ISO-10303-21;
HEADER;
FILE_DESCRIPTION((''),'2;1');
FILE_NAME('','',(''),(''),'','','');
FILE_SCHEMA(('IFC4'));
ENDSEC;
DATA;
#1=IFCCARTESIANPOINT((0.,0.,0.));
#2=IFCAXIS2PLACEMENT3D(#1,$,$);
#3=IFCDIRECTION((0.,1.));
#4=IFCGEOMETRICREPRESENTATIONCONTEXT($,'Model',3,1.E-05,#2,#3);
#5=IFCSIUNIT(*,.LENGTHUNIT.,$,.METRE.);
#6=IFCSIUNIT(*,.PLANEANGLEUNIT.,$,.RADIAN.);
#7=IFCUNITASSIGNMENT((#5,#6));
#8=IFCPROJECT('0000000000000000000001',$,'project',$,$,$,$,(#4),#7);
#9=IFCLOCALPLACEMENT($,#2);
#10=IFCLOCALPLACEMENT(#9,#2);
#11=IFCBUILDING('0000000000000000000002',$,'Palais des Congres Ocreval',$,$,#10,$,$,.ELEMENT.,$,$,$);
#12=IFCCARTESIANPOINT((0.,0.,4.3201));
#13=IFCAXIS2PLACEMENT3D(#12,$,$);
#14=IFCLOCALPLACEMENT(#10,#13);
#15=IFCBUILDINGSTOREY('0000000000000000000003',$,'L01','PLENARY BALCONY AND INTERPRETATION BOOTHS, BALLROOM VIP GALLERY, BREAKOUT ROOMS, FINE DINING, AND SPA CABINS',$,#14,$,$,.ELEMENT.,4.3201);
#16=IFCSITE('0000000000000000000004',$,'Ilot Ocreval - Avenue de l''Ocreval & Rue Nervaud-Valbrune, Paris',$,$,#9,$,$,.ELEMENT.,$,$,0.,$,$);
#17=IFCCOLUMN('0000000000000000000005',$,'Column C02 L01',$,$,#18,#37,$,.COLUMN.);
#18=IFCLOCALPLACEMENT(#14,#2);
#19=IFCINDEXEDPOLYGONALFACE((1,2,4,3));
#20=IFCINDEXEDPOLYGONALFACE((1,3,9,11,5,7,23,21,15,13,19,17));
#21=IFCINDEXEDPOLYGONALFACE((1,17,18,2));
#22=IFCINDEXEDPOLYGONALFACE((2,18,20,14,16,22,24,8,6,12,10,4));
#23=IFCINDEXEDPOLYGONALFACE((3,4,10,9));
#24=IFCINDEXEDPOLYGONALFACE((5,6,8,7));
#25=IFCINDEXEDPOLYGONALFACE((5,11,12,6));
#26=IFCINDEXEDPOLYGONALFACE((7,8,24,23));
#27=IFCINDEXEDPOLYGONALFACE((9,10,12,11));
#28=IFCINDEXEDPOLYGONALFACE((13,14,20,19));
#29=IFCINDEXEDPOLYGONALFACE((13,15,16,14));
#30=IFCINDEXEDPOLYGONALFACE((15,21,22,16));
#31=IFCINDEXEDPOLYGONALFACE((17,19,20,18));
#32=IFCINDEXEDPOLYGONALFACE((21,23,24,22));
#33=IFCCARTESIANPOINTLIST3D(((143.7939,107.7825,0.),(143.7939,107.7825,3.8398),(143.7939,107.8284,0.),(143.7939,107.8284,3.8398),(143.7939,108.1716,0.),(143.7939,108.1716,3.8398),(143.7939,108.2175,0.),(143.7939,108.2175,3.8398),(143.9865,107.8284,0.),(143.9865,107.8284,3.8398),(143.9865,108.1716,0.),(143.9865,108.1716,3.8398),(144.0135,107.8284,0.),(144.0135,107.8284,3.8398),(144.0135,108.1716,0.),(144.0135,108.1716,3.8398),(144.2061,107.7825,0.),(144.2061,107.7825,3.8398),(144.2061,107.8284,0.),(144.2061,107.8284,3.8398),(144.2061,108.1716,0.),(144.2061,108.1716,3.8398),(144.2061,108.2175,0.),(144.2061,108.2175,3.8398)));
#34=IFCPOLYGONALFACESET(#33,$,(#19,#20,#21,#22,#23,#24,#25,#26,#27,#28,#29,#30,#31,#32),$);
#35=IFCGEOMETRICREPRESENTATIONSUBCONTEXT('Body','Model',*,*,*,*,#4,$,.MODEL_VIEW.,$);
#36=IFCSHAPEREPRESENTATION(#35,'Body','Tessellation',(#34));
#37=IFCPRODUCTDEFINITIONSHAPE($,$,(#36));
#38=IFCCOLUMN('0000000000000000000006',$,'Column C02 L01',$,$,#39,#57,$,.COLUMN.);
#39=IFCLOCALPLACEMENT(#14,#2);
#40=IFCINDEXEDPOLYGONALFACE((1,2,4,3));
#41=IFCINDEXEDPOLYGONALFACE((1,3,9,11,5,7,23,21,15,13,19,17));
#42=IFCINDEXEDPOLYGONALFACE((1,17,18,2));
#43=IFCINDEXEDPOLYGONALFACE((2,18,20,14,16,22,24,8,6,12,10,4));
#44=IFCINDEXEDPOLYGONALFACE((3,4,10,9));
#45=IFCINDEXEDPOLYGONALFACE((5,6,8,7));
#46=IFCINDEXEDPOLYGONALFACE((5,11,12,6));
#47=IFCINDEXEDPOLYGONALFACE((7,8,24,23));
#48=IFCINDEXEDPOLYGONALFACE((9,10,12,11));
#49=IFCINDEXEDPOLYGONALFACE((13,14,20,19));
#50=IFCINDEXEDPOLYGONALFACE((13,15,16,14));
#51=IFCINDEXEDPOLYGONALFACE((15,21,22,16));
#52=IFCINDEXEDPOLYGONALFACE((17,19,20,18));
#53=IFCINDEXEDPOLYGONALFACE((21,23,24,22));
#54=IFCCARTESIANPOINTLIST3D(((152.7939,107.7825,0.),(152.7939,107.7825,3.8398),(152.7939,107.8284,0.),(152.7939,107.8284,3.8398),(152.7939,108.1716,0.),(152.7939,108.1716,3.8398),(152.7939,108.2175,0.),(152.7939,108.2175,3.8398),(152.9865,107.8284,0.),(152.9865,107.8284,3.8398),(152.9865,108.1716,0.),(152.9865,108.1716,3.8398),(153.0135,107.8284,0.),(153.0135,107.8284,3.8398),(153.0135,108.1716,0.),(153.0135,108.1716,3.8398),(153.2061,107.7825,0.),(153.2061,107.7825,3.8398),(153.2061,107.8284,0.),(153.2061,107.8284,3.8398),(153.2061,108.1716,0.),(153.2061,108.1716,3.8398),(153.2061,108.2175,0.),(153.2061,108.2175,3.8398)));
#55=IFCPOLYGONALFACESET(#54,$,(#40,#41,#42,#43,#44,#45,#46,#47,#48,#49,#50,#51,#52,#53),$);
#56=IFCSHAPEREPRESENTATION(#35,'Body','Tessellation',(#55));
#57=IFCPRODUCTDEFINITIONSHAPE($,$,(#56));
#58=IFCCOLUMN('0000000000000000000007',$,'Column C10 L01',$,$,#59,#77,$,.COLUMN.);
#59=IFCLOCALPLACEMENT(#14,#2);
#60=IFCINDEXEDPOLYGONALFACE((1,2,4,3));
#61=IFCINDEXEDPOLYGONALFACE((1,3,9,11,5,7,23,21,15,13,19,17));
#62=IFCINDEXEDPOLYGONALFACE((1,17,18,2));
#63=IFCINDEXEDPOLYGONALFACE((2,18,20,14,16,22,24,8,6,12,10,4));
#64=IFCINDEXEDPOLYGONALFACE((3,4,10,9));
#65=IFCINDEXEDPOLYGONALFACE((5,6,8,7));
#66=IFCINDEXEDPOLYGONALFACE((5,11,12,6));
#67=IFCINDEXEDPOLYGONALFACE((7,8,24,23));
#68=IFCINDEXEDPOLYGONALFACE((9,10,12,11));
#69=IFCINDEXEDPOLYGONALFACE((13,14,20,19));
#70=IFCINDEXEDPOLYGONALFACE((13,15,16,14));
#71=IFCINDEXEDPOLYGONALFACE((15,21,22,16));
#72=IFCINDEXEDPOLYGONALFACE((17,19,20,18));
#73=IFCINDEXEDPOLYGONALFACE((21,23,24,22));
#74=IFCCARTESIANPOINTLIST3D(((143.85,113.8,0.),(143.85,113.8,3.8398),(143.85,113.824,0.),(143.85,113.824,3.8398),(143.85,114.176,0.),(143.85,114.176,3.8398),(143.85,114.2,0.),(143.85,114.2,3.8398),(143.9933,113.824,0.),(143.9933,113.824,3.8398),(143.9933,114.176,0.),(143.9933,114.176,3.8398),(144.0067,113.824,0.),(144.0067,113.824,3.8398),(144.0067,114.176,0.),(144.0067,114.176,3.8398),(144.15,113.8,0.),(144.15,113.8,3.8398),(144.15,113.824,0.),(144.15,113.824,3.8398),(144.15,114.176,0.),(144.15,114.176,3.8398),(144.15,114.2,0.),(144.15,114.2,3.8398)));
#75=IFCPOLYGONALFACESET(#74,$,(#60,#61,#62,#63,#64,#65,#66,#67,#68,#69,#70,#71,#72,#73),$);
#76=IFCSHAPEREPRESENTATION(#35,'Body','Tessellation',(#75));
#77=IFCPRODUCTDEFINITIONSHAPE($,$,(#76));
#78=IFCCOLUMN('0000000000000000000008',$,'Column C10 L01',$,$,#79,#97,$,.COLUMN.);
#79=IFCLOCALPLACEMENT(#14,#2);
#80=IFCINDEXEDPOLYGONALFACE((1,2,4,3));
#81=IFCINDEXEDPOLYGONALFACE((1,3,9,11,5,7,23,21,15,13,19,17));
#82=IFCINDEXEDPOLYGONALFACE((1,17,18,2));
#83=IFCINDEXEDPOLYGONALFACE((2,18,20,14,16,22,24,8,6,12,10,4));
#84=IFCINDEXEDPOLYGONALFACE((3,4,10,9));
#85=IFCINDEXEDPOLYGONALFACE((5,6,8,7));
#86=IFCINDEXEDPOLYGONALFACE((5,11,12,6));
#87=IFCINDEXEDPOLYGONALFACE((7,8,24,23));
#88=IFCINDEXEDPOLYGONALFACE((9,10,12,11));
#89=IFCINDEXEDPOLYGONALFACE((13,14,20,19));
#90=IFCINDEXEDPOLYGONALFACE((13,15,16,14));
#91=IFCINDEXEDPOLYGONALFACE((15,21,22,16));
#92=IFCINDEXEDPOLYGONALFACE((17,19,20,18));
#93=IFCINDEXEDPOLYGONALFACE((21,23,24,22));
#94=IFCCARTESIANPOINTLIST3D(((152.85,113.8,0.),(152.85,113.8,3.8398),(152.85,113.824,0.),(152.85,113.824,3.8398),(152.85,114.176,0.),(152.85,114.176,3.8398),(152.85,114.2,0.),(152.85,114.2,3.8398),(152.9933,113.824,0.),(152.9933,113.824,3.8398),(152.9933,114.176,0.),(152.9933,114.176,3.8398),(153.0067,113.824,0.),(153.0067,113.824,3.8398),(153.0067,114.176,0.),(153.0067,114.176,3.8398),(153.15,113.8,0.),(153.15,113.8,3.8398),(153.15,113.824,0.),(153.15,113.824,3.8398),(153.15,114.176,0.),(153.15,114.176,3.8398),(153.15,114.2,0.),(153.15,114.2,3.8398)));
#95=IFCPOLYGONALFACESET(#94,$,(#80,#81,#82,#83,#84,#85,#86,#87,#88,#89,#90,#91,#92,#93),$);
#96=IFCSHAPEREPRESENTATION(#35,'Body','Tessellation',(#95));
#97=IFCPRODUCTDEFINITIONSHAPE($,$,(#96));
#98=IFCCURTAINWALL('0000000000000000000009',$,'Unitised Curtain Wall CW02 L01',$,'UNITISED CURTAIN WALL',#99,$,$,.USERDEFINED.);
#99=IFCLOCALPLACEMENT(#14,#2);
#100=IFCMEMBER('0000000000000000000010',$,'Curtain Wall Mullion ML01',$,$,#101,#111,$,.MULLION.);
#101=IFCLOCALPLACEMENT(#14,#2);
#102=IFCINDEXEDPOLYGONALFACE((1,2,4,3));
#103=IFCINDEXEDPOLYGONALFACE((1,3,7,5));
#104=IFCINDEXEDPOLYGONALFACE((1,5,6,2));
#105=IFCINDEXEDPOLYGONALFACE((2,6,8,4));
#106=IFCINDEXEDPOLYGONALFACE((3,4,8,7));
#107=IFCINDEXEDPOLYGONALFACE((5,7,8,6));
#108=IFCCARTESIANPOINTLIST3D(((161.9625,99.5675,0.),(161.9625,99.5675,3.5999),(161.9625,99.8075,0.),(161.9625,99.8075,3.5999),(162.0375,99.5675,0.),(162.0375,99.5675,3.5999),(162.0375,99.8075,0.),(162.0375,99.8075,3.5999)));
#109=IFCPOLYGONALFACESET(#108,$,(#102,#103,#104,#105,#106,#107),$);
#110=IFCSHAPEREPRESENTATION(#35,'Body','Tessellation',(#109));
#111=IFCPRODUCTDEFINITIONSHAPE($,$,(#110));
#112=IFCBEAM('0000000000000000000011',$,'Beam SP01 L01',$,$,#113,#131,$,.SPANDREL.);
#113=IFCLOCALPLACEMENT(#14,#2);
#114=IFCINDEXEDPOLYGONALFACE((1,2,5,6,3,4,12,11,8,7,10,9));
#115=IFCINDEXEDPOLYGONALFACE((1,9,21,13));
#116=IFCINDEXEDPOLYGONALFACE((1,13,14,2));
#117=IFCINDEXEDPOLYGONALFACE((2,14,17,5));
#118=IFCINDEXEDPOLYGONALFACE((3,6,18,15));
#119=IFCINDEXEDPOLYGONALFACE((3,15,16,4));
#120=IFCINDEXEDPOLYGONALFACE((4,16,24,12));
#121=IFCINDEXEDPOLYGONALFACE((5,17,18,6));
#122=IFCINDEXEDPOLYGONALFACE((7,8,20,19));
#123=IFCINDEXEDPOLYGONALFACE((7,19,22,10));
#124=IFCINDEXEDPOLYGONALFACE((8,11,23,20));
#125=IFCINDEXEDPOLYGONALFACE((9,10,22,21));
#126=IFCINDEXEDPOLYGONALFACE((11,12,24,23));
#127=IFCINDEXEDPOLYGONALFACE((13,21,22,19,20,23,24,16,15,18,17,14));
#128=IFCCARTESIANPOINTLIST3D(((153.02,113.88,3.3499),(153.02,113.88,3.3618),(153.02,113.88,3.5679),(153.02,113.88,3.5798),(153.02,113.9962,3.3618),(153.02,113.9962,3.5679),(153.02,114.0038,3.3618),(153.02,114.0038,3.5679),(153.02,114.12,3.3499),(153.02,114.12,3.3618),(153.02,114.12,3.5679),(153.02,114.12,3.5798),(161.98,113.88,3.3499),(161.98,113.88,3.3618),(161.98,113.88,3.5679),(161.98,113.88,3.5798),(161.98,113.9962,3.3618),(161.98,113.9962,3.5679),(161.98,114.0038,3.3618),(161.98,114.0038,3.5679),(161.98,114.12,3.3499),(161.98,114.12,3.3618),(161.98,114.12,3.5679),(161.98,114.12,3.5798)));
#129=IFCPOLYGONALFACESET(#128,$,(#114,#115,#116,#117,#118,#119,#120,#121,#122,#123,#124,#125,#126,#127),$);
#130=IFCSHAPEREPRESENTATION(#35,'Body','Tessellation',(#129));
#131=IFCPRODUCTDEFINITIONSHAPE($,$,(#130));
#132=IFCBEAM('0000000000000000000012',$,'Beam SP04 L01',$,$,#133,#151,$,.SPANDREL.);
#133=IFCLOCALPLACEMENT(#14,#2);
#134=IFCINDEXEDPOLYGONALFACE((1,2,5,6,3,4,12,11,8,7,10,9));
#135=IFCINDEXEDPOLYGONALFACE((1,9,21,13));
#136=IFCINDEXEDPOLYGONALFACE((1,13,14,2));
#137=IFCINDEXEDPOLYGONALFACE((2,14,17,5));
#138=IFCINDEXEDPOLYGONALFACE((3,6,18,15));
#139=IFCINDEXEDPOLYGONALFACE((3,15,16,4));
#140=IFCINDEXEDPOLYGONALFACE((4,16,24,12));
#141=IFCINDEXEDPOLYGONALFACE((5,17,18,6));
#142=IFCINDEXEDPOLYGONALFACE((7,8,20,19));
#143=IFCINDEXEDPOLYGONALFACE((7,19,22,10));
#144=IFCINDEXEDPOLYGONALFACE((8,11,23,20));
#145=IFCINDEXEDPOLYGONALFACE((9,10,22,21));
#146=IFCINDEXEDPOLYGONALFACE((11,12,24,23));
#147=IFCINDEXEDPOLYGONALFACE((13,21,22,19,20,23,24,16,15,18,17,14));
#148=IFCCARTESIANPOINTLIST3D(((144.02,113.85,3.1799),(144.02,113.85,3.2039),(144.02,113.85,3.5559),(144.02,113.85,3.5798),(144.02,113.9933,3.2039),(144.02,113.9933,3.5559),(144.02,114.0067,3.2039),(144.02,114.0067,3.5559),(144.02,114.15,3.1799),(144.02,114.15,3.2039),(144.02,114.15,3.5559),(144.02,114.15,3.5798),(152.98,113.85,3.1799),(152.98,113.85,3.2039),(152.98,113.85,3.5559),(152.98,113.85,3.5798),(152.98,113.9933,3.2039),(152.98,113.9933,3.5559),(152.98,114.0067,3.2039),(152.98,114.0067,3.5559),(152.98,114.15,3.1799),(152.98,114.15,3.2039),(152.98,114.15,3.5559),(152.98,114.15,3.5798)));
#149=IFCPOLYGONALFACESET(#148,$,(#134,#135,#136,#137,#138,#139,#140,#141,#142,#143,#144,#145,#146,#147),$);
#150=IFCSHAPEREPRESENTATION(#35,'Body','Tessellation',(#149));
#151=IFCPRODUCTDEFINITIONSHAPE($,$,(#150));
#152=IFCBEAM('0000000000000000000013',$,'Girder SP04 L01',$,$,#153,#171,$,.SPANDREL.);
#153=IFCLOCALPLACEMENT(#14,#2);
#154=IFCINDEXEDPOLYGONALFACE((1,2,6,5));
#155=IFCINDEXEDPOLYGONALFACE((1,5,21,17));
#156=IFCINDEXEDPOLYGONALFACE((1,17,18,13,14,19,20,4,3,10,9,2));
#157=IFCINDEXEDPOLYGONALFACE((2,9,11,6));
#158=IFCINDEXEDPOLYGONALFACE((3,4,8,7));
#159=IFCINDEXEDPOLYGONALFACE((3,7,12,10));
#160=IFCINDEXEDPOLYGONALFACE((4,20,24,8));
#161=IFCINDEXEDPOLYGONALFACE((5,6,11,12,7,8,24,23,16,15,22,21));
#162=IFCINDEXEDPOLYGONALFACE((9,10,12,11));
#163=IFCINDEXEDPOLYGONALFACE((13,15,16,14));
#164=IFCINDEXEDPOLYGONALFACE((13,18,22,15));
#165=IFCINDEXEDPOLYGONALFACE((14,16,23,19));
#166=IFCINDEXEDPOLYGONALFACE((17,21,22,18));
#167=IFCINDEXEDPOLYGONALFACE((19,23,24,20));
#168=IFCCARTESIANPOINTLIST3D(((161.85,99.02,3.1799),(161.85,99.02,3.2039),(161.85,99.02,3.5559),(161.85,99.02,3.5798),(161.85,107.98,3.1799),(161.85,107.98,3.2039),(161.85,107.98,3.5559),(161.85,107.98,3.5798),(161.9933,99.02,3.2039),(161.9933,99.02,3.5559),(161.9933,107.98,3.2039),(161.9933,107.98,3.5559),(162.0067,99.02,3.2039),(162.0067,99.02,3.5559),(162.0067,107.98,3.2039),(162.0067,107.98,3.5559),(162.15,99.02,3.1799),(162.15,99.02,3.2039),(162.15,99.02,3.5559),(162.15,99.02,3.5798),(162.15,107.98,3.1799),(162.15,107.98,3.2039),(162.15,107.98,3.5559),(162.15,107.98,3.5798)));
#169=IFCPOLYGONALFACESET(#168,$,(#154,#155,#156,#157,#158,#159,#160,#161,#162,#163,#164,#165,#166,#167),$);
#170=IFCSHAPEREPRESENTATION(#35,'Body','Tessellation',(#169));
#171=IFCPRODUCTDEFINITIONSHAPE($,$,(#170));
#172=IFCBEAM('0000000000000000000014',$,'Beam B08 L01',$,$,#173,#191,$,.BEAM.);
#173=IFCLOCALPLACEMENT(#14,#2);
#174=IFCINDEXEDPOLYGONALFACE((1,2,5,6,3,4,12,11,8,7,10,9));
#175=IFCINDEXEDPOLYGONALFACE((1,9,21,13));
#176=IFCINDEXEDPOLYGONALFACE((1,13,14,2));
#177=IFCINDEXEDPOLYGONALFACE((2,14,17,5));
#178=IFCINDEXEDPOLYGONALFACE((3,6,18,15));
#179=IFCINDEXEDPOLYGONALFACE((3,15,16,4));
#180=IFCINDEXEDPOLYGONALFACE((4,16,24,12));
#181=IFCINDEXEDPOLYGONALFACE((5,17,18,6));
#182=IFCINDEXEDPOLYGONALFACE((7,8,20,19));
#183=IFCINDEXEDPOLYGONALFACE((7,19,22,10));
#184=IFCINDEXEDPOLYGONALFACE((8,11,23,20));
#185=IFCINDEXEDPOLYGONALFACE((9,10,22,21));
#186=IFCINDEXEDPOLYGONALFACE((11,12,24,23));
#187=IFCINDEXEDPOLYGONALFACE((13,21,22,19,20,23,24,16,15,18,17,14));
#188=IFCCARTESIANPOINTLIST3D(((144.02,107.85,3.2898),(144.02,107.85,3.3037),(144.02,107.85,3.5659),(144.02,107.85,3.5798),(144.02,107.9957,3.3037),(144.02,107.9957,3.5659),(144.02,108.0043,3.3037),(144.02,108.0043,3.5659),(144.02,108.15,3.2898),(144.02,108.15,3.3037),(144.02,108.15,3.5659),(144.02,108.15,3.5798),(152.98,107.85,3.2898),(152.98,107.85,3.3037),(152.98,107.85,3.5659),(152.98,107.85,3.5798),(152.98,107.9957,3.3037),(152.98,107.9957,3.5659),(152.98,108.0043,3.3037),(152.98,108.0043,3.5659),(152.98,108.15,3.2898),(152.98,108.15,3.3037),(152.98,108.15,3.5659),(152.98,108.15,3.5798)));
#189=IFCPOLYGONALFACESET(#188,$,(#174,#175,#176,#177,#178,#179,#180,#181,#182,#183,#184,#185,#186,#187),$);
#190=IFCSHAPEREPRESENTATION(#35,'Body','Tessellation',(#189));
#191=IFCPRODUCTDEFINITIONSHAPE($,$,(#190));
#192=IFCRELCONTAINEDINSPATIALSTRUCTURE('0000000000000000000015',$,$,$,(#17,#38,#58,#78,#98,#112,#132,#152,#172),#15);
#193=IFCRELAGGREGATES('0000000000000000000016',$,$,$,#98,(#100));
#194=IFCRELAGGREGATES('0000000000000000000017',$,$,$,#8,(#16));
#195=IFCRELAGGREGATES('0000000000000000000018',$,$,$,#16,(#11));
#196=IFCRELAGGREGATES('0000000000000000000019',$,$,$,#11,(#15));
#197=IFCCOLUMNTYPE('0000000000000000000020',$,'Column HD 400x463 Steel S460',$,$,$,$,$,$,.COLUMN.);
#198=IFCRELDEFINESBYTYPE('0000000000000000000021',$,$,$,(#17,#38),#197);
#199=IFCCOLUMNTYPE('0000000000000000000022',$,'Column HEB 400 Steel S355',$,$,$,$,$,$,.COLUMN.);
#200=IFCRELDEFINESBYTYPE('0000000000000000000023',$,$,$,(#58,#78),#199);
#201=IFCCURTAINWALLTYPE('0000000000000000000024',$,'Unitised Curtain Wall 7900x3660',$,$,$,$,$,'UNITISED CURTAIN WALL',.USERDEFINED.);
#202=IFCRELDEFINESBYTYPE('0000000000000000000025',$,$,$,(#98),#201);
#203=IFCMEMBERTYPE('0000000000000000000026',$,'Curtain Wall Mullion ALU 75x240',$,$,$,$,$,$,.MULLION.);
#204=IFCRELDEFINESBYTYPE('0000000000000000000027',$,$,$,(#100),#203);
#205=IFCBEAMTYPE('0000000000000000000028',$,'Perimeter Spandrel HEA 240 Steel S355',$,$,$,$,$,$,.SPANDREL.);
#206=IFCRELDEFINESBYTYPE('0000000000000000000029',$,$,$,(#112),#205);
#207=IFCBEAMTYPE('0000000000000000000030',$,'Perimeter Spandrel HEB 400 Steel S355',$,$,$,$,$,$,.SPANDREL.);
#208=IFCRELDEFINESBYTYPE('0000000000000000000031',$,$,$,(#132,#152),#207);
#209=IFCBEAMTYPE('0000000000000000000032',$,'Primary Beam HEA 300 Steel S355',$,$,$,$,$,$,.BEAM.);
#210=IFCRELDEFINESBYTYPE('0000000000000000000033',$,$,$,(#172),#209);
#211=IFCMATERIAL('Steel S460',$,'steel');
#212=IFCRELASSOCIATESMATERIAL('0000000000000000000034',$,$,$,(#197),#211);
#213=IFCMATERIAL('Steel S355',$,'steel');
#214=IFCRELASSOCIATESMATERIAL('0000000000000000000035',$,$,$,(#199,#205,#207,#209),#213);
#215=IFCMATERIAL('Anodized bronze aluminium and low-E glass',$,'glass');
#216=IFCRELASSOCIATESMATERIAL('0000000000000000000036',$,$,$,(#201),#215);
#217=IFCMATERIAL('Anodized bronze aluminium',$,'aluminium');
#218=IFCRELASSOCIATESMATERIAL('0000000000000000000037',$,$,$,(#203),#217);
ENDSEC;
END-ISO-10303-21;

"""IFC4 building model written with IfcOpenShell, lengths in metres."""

from ifc_helpers import new_model, si_unit, direction, frame, origin, origin_2d, place, context, subcontext, project, spatial, rectangle, i_section, extrude, material, material_profile, profile_set, type_object, element, aggregate, save


model = new_model("IFC4")

# Units and contexts
model_context = context("Model", 3, precision=1e-05, world=origin(), true_north=direction((0.0, 1.0)))
body_context = subcontext(model_context, "Body", "Model", "MODEL_VIEW")
ifc_project = project(units=[si_unit("LENGTHUNIT", "METRE"), si_unit("PLANEANGLEUNIT", "RADIAN")], contexts=[model_context])

# Site, building, storey
site_placement = place(None, origin())
site = spatial("IfcSite", under=ifc_project, at=site_placement, Name="Ilot Ocreval - Avenue de l'Ocreval & Rue Nervaud-Valbrune, Paris", CompositionType="ELEMENT", RefElevation=0.0)
building_placement = place(site_placement, origin())
building = spatial("IfcBuilding", under=site, at=building_placement, Name="Palais des Congres Ocreval", CompositionType="ELEMENT")
storey_placement = place(building_placement, frame((0.0, 0.0, 4.3201)))
storey = spatial("IfcBuildingStorey", under=building, at=storey_placement, Name="L01", Description="PLENARY BALCONY AND INTERPRETATION BOOTHS, BALLROOM VIP GALLERY, BREAKOUT ROOMS, FINE DINING, AND SPA CABINS", CompositionType="ELEMENT", Elevation=4.3201)

# Columns
ifc_material_1 = material(Name="Steel S460", Category="steel")
ifc_material_profile_1 = material_profile(ifc_material_1, i_section(OverallWidth=0.4121, OverallDepth=0.4351, WebThickness=0.0271, FlangeThickness=0.0459, at=origin_2d()), Name="HD 400x463")
ifc_profile_set_1 = profile_set([ifc_material_profile_1], Name="Steel S460")
column_type_1 = type_object("IfcColumnType", Name="Column HD 400x463 Steel S460", PredefinedType="COLUMN", material=ifc_profile_set_1)
for number, where, z_axis, x_axis, name in (
    (1, (144.0, 108.0, 0.0), (0.0, 0.0, 1.0), (1.0, 0.0, 0.0), "Column C02 L01"),
    (2, (153.0, 108.0, 0.0), (0.0, 0.0, 1.0), (1.0, 0.0, 0.0), "Column C02 L01"),
):
    element("IfcColumn", number, at=place(storey_placement, frame(where, z_axis=z_axis, x_axis=x_axis)), inside=storey, type_object=column_type_1, Name=name, PredefinedType="COLUMN", context=body_context, shape_type="SweptSolid", body=[
        extrude(i_section(OverallWidth=0.4121, OverallDepth=0.4351, WebThickness=0.0271, FlangeThickness=0.0459, at=origin_2d()), origin(), (0.0, 0.0, 1.0), 3.8398),
    ])
ifc_material_2 = material(Name="Steel S355", Category="steel")
ifc_material_profile_2 = material_profile(ifc_material_2, i_section(OverallWidth=0.3, OverallDepth=0.3999, WebThickness=0.0134, FlangeThickness=0.0239, at=origin_2d()), Name="HEB 400")
ifc_profile_set_2 = profile_set([ifc_material_profile_2], Name="Steel S355")
column_type_2 = type_object("IfcColumnType", Name="Column HEB 400 Steel S355", PredefinedType="COLUMN", material=ifc_profile_set_2)
for number, where, z_axis, x_axis, name in (
    (3, (144.0, 114.0, 0.0), (0.0, 0.0, 1.0), (1.0, 0.0, 0.0), "Column C10 L01"),
    (4, (153.0, 114.0, 0.0), (0.0, 0.0, 1.0), (1.0, 0.0, 0.0), "Column C10 L01"),
):
    element("IfcColumn", number, at=place(storey_placement, frame(where, z_axis=z_axis, x_axis=x_axis)), inside=storey, type_object=column_type_2, Name=name, PredefinedType="COLUMN", context=body_context, shape_type="SweptSolid", body=[
        extrude(i_section(OverallWidth=0.3, OverallDepth=0.3999, WebThickness=0.0134, FlangeThickness=0.0239, at=origin_2d()), origin(), (0.0, 0.0, 1.0), 3.8398),
    ])

# Curtain wall, member
ifc_material_3 = material(Name="Anodized bronze aluminium and low-E glass", Category="glass")
curtain_wall_type = type_object("IfcCurtainWallType", Name="Unitised Curtain Wall 7900x3660", ElementType="UNITISED CURTAIN WALL", PredefinedType="USERDEFINED", material=ifc_material_3)
curtain_wall_placement = place(storey_placement, origin())
curtain_wall = element("IfcCurtainWall", 5, at=curtain_wall_placement, inside=storey, type_object=curtain_wall_type, Name="Unitised Curtain Wall CW02 L01", ObjectType="UNITISED CURTAIN WALL", PredefinedType="USERDEFINED")
ifc_material_4 = material(Name="Anodized bronze aluminium", Category="aluminium")
ifc_material_profile_3 = material_profile(ifc_material_4, rectangle(XDim=0.075, YDim=0.24, at=origin_2d()), Name="ALU 75x240")
ifc_profile_set_3 = profile_set([ifc_material_profile_3], Name="Anodized bronze aluminium")
member_type = type_object("IfcMemberType", Name="Curtain Wall Mullion ALU 75x240", PredefinedType="MULLION", material=ifc_profile_set_3)
member_placement = place(storey_placement, frame((162.0, 99.6875, 0.0), z_axis=(0.0, 0.0, 1.0), x_axis=(1.0, 0.0, 0.0)))
member = element("IfcMember", 6, at=member_placement, type_object=member_type, Name="Curtain Wall Mullion ML01", PredefinedType="MULLION", context=body_context, shape_type="SweptSolid", body=[
    extrude(rectangle(XDim=0.075, YDim=0.24, at=origin_2d()), origin(), (0.0, 0.0, 1.0), 3.5999),
])

# Beams
ifc_material_profile_4 = material_profile(ifc_material_2, i_section(OverallWidth=0.24, OverallDepth=0.23, WebThickness=0.0076, FlangeThickness=0.012, at=origin_2d()), Name="HEA 240")
ifc_profile_set_4 = profile_set([ifc_material_profile_4], Name="Steel S355")
beam_type_1 = type_object("IfcBeamType", Name="Perimeter Spandrel HEA 240 Steel S355", PredefinedType="SPANDREL", material=ifc_profile_set_4)
beam_1_placement = place(storey_placement, frame((153.02, 114.0, 3.4648), z_axis=(1.0, 0.0, 0.0), x_axis=(0.0, 1.0, 0.0)))
element("IfcBeam", 7, at=beam_1_placement, inside=storey, type_object=beam_type_1, Name="Beam SP01 L01", PredefinedType="SPANDREL", context=body_context, shape_type="SweptSolid", body=[
    extrude(i_section(OverallWidth=0.24, OverallDepth=0.23, WebThickness=0.0076, FlangeThickness=0.012, at=origin_2d()), origin(), (0.0, 0.0, 1.0), 8.96),
])
ifc_material_profile_5 = material_profile(ifc_material_2, i_section(OverallWidth=0.3, OverallDepth=0.3999, WebThickness=0.0134, FlangeThickness=0.0239, at=origin_2d()), Name="HEB 400")
ifc_profile_set_5 = profile_set([ifc_material_profile_5], Name="Steel S355")
beam_type_2 = type_object("IfcBeamType", Name="Perimeter Spandrel HEB 400 Steel S355", PredefinedType="SPANDREL", material=ifc_profile_set_5)
for number, where, z_axis, x_axis, name in (
    (8, (144.02, 114.0, 3.3799), (1.0, 0.0, 0.0), (0.0, 1.0, 0.0), "Beam SP04 L01"),
    (9, (162.0, 99.02, 3.3799), (0.0, 1.0, 0.0), (-1.0, 0.0, 0.0), "Girder SP04 L01"),
):
    element("IfcBeam", number, at=place(storey_placement, frame(where, z_axis=z_axis, x_axis=x_axis)), inside=storey, type_object=beam_type_2, Name=name, PredefinedType="SPANDREL", context=body_context, shape_type="SweptSolid", body=[
        extrude(i_section(OverallWidth=0.3, OverallDepth=0.3999, WebThickness=0.0134, FlangeThickness=0.0239, at=origin_2d()), origin(), (0.0, 0.0, 1.0), 8.96),
    ])
ifc_material_profile_6 = material_profile(ifc_material_2, i_section(OverallWidth=0.3, OverallDepth=0.29, WebThickness=0.0085, FlangeThickness=0.0139, at=origin_2d()), Name="HEA 300")
ifc_profile_set_6 = profile_set([ifc_material_profile_6], Name="Steel S355")
beam_type_3 = type_object("IfcBeamType", Name="Primary Beam HEA 300 Steel S355", PredefinedType="BEAM", material=ifc_profile_set_6)
beam_2_placement = place(storey_placement, frame((144.02, 108.0, 3.4348), z_axis=(1.0, 0.0, 0.0), x_axis=(0.0, 1.0, 0.0)))
element("IfcBeam", 10, at=beam_2_placement, inside=storey, type_object=beam_type_3, Name="Beam B08 L01", PredefinedType="BEAM", context=body_context, shape_type="SweptSolid", body=[
    extrude(i_section(OverallWidth=0.3, OverallDepth=0.29, WebThickness=0.0085, FlangeThickness=0.0139, at=origin_2d()), origin(), (0.0, 0.0, 1.0), 8.96),
])

aggregate(curtain_wall, [member])

save(model, "model.ifc")
